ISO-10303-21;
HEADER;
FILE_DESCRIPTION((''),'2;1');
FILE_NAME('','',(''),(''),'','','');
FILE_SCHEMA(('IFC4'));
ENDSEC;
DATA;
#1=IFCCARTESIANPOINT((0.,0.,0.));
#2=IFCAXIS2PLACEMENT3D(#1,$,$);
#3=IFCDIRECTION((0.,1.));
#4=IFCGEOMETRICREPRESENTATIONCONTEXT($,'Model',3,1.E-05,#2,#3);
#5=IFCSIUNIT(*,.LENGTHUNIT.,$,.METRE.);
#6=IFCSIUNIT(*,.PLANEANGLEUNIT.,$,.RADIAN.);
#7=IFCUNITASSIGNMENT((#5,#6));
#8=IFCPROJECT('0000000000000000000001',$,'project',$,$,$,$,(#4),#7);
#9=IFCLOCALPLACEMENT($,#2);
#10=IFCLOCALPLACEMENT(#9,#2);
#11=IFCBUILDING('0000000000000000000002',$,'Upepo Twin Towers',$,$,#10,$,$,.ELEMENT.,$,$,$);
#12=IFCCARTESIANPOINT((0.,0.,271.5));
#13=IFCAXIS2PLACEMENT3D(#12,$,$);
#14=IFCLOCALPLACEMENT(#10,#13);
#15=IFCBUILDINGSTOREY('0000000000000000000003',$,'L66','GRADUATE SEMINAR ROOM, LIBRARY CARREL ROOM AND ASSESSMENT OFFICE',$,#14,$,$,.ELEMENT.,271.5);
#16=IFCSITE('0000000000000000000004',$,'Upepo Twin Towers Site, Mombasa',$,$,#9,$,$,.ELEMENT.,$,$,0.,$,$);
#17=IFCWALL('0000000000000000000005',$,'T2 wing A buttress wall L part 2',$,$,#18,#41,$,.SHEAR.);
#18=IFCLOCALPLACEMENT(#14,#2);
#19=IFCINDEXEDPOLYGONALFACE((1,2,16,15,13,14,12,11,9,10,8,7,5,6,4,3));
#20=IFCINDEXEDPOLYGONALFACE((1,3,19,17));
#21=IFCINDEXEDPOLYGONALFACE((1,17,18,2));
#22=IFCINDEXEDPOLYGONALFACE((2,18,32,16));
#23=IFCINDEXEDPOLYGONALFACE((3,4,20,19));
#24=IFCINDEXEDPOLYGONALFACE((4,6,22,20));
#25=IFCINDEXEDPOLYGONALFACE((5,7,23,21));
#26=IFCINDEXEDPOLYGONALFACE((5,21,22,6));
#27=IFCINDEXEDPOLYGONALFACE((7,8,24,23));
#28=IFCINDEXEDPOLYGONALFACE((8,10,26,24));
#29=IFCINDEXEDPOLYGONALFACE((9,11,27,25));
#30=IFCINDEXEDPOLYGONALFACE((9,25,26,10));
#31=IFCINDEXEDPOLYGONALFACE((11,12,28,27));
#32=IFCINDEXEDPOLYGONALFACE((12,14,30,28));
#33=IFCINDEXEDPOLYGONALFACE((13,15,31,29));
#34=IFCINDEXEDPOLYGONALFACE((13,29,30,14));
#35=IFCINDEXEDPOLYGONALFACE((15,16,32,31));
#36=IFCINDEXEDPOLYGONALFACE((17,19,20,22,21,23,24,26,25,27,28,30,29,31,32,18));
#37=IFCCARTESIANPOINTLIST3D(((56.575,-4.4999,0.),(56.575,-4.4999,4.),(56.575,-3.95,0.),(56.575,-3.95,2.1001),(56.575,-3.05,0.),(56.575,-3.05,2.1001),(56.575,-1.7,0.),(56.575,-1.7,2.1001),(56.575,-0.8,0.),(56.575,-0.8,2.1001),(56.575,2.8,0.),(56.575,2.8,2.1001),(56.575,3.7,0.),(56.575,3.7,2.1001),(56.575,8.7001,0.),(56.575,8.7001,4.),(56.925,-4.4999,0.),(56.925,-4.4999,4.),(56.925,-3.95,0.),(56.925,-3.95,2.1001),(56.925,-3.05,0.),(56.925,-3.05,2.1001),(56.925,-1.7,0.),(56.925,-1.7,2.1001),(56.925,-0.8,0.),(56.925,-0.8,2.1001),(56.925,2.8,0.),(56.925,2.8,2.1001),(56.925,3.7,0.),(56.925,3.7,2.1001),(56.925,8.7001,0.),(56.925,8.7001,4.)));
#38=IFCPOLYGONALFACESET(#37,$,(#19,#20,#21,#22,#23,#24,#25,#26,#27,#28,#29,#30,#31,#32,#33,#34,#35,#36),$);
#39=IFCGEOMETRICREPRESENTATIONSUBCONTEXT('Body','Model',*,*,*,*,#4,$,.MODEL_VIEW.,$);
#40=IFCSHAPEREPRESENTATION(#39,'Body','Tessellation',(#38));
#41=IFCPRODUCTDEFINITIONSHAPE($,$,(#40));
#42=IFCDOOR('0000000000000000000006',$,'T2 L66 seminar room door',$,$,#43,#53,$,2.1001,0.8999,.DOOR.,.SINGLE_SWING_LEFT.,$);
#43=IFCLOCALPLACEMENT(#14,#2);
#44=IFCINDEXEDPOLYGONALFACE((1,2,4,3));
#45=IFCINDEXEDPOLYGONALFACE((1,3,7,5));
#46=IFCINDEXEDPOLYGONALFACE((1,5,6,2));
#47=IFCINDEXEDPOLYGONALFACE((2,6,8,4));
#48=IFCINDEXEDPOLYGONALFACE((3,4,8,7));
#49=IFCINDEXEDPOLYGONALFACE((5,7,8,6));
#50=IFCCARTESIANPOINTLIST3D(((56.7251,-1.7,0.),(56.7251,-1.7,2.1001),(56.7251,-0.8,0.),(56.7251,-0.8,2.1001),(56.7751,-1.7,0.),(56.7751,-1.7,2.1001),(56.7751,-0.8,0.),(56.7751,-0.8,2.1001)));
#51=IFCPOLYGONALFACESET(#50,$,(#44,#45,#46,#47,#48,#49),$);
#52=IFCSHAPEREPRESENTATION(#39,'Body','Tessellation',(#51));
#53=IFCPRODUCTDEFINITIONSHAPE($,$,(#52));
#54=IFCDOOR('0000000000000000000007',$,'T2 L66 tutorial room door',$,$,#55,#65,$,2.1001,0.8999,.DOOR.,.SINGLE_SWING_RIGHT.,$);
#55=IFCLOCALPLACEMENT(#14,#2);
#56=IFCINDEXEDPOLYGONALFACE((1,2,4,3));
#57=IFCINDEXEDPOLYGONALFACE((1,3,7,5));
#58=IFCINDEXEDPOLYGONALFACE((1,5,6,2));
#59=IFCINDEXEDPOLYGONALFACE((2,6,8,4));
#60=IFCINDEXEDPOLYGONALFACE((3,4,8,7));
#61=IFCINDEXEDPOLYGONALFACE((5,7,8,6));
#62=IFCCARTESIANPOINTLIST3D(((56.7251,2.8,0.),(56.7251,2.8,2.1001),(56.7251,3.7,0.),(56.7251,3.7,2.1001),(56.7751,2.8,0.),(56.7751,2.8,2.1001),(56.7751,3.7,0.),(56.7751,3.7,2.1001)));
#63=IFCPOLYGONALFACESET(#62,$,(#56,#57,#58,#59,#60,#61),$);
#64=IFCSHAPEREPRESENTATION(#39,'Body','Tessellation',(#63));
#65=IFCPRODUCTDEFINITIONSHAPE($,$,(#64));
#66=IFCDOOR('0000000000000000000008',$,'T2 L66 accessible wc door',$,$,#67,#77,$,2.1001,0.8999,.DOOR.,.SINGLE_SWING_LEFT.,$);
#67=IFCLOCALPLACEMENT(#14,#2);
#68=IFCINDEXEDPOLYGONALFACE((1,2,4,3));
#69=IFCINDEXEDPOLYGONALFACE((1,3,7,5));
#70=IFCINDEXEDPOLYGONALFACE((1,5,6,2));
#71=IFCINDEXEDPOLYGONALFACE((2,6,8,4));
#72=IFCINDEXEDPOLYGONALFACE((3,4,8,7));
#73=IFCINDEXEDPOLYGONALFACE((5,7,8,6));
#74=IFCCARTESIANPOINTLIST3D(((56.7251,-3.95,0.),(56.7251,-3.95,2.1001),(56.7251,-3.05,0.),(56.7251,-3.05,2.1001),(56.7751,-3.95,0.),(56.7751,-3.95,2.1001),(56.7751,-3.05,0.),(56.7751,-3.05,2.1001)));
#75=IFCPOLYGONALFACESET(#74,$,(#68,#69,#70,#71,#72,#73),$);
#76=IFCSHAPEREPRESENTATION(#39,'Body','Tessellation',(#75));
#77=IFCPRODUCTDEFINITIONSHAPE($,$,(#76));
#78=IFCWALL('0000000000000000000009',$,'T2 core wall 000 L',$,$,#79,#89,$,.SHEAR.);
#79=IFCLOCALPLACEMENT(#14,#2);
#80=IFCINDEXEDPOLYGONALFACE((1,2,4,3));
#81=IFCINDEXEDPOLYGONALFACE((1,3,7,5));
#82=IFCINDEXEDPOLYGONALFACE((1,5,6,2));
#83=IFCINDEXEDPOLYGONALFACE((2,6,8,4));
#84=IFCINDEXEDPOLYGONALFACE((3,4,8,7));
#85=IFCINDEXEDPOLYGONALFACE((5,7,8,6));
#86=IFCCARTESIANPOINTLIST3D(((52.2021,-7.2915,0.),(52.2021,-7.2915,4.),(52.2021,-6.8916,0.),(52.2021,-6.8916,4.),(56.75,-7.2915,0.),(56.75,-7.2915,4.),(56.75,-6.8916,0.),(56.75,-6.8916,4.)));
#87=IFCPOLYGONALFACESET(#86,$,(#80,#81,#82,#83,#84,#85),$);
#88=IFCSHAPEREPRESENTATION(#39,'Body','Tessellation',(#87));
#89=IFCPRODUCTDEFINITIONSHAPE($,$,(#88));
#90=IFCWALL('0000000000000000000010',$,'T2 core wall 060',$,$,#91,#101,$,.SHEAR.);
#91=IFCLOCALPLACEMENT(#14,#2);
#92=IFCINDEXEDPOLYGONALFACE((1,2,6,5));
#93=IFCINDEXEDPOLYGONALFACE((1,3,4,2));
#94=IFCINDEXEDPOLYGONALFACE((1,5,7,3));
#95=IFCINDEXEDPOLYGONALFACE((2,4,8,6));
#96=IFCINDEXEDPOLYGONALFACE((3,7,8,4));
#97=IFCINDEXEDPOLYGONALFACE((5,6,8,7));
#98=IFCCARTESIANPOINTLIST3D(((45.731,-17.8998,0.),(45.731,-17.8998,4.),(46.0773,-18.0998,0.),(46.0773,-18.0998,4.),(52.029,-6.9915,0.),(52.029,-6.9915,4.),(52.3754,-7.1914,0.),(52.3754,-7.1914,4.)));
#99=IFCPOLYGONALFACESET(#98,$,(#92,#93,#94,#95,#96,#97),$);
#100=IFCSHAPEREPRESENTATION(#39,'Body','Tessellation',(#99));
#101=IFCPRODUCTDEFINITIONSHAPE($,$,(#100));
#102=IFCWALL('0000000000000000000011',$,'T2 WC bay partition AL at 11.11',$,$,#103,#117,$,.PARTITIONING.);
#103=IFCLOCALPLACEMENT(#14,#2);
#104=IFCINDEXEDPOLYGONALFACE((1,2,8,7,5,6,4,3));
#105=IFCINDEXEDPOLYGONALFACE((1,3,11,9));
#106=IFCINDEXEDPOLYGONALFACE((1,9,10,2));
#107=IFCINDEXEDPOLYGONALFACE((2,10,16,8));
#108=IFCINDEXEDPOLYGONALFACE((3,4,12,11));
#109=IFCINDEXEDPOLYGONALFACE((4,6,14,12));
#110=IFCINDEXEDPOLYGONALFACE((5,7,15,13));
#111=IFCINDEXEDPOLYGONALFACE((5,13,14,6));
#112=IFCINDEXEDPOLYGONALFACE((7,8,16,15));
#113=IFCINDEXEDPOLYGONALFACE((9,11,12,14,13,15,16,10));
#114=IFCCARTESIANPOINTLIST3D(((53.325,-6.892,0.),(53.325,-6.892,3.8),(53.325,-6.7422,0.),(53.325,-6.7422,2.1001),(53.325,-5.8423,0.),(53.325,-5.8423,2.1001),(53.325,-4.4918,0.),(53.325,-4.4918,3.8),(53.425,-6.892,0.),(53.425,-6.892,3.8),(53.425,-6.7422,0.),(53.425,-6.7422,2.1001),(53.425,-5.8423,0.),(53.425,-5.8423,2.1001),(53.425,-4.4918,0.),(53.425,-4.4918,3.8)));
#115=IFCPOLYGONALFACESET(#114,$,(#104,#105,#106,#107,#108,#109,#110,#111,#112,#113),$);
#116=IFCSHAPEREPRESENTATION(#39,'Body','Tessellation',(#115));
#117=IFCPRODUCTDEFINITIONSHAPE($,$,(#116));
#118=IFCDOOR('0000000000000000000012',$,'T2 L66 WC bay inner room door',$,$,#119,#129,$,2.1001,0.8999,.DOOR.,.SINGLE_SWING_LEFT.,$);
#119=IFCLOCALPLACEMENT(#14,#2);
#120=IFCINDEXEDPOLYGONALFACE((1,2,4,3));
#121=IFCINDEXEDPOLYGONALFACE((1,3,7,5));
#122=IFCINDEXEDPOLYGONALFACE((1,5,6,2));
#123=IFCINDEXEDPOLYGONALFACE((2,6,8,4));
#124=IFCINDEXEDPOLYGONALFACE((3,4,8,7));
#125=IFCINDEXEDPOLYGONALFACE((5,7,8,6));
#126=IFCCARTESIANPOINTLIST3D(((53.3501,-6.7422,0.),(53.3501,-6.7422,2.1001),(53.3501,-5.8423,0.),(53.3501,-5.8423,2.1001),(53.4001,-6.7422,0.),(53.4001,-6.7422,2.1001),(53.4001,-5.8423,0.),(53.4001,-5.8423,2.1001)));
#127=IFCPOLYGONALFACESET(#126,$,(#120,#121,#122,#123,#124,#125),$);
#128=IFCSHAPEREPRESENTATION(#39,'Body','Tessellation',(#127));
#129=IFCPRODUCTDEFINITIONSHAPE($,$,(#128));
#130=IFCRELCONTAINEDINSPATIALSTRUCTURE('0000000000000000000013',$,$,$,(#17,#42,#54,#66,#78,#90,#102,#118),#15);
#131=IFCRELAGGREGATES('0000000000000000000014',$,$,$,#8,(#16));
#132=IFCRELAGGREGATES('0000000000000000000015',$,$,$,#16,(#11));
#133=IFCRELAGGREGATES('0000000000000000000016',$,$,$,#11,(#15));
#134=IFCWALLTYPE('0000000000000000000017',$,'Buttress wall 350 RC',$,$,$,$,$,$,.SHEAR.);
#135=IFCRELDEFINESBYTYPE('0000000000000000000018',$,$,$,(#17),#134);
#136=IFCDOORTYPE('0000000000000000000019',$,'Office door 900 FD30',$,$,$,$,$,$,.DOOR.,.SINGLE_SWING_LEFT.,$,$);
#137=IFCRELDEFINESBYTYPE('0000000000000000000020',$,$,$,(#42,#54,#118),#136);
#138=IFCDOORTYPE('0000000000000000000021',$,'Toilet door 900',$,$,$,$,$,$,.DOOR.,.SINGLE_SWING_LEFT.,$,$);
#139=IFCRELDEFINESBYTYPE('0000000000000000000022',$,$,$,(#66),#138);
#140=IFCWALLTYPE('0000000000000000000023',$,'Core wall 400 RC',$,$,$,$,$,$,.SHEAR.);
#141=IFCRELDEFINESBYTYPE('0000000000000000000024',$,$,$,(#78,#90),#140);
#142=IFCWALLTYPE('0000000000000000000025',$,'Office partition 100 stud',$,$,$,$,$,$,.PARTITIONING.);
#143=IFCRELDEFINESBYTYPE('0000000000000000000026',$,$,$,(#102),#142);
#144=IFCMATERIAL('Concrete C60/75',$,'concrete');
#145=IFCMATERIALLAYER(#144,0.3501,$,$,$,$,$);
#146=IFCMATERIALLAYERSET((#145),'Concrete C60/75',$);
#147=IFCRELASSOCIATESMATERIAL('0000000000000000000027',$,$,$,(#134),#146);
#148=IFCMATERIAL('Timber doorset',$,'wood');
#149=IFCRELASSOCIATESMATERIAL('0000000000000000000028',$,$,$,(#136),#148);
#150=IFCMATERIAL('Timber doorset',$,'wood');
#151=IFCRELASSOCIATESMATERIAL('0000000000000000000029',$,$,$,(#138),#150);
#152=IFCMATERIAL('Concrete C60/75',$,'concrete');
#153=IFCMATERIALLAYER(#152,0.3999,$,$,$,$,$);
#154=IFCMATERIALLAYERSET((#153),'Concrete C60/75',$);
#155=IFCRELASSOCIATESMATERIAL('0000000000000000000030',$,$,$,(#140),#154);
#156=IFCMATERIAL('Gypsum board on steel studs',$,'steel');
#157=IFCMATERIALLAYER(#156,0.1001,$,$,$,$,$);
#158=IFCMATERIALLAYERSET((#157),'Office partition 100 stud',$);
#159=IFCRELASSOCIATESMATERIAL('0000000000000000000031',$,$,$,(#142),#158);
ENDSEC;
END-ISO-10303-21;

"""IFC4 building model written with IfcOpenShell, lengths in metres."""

from ifc_helpers import new_model, si_unit, direction, frame, frame_2d, origin, place, context, subcontext, project, spatial, rectangle, extrude, material, layer, layer_set, type_object, element, fill, save


model = new_model("IFC4")

# Units and contexts
model_context = context("Model", 3, precision=1e-05, world=origin(), true_north=direction((0.0, 1.0)))
body_context = subcontext(model_context, "Body", "Model", "MODEL_VIEW")
ifc_project = project(units=[si_unit("LENGTHUNIT", "METRE"), si_unit("PLANEANGLEUNIT", "RADIAN")], contexts=[model_context])

# Site, building, storey
site_placement = place(None, origin())
site = spatial("IfcSite", under=ifc_project, at=site_placement, Name="Upepo Twin Towers Site, Mombasa", CompositionType="ELEMENT", RefElevation=0.0)
building_placement = place(site_placement, origin())
building = spatial("IfcBuilding", under=site, at=building_placement, Name="Upepo Twin Towers", CompositionType="ELEMENT")
storey_placement = place(building_placement, frame((0.0, 0.0, 271.5)))
storey = spatial("IfcBuildingStorey", under=building, at=storey_placement, Name="L66", Description="GRADUATE SEMINAR ROOM, LIBRARY CARREL ROOM AND ASSESSMENT OFFICE", CompositionType="ELEMENT", Elevation=271.5)

# Shared definitions
ifc_material_1 = material(Name="Concrete C60/75", Category="concrete")
ifc_layer_1 = layer(ifc_material_1, 0.3501)
ifc_layer_set_1 = layer_set([ifc_layer_1], Name="Concrete C60/75")
wall_type_1 = type_object("IfcWallType", Name="Buttress wall 350 RC", PredefinedType="SHEAR", material=ifc_layer_set_1)

# Wall, openings, doors
wall_1_placement = place(storey_placement, frame((56.75, -4.5, 0.0), z_axis=(0.0, 0.0, 1.0), x_axis=(0.0, 1.0, 0.0)))
wall_1 = element("IfcWall", 1, at=wall_1_placement, inside=storey, type_object=wall_type_1, Name="T2 wing A buttress wall L part 2", PredefinedType="SHEAR", context=body_context, shape_type="SweptSolid", body=[
    extrude(rectangle(XDim=13.2, YDim=0.3501, at=frame_2d((6.6001, 0.0))), origin(), (0.0, 0.0, 1.0), 4.0),
])
opening_1_placement = place(wall_1_placement, frame((0.55, 0.0, 0.0)))
opening_1 = element("IfcOpeningElement", 2, at=opening_1_placement, cuts=wall_1, PredefinedType="OPENING", context=body_context, shape_type="SweptSolid", body=[
    extrude(rectangle(XDim=0.8999, YDim=2.1001, at=frame_2d((0.45, 1.05))), frame((0.0, 0.1851, 0.0), z_axis=(0.0, -1.0, 0.0), x_axis=(1.0, 0.0, 0.0)), (0.0, 0.0, 1.0), 0.3701),
])
opening_2_placement = place(wall_1_placement, frame((2.8, 0.0, 0.0)))
opening_2 = element("IfcOpeningElement", 3, at=opening_2_placement, cuts=wall_1, PredefinedType="OPENING", context=body_context, shape_type="SweptSolid", body=[
    extrude(rectangle(XDim=0.8999, YDim=2.1001, at=frame_2d((0.45, 1.05))), frame((0.0, 0.1851, 0.0), z_axis=(0.0, -1.0, 0.0), x_axis=(1.0, 0.0, 0.0)), (0.0, 0.0, 1.0), 0.3701),
])
opening_3_placement = place(wall_1_placement, frame((7.3, 0.0, 0.0)))
opening_3 = element("IfcOpeningElement", 4, at=opening_3_placement, cuts=wall_1, PredefinedType="OPENING", context=body_context, shape_type="SweptSolid", body=[
    extrude(rectangle(XDim=0.8999, YDim=2.1001, at=frame_2d((0.45, 1.05))), frame((0.0, 0.1851, 0.0), z_axis=(0.0, -1.0, 0.0), x_axis=(1.0, 0.0, 0.0)), (0.0, 0.0, 1.0), 0.3701),
])
ifc_material_2 = material(Name="Timber doorset", Category="wood")
door_type_1 = type_object("IfcDoorType", Name="Office door 900 FD30", OperationType="SINGLE_SWING_LEFT", PredefinedType="DOOR", material=ifc_material_2)
door_1_placement = place(opening_2_placement, origin())
door_1 = element("IfcDoor", 5, at=door_1_placement, inside=storey, type_object=door_type_1, Name="T2 L66 seminar room door", OperationType="SINGLE_SWING_LEFT", OverallHeight=2.1001, OverallWidth=0.8999, PredefinedType="DOOR", context=body_context, shape_type="SweptSolid", body=[
    extrude(rectangle(XDim=0.8999, YDim=2.1001, at=frame_2d((0.45, 1.05))), frame((0.0, 0.0249, 0.0), z_axis=(0.0, -1.0, 0.0), x_axis=(1.0, 0.0, 0.0)), (0.0, 0.0, 1.0), 0.05),
])
fill(opening_2, door_1)
door_2_placement = place(opening_3_placement, origin())
door_2 = element("IfcDoor", 6, at=door_2_placement, inside=storey, type_object=door_type_1, Name="T2 L66 tutorial room door", OperationType="SINGLE_SWING_RIGHT", OverallHeight=2.1001, OverallWidth=0.8999, PredefinedType="DOOR", context=body_context, shape_type="SweptSolid", body=[
    extrude(rectangle(XDim=0.8999, YDim=2.1001, at=frame_2d((0.45, 1.05))), frame((0.0, 0.0249, 0.0), z_axis=(0.0, -1.0, 0.0), x_axis=(1.0, 0.0, 0.0)), (0.0, 0.0, 1.0), 0.05),
])
fill(opening_3, door_2)
ifc_material_3 = material(Name="Timber doorset", Category="wood")
door_type_2 = type_object("IfcDoorType", Name="Toilet door 900", OperationType="SINGLE_SWING_LEFT", PredefinedType="DOOR", material=ifc_material_3)
door_3_placement = place(opening_1_placement, origin())
door_3 = element("IfcDoor", 7, at=door_3_placement, inside=storey, type_object=door_type_2, Name="T2 L66 accessible wc door", OperationType="SINGLE_SWING_LEFT", OverallHeight=2.1001, OverallWidth=0.8999, PredefinedType="DOOR", context=body_context, shape_type="SweptSolid", body=[
    extrude(rectangle(XDim=0.8999, YDim=2.1001, at=frame_2d((0.45, 1.05))), frame((0.0, 0.0249, 0.0), z_axis=(0.0, -1.0, 0.0), x_axis=(1.0, 0.0, 0.0)), (0.0, 0.0, 1.0), 0.05),
])
fill(opening_1, door_3)

# Walls
ifc_material_4 = material(Name="Concrete C60/75", Category="concrete")
ifc_layer_2 = layer(ifc_material_4, 0.3999)
ifc_layer_set_2 = layer_set([ifc_layer_2], Name="Concrete C60/75")
wall_type_2 = type_object("IfcWallType", Name="Core wall 400 RC", PredefinedType="SHEAR", material=ifc_layer_set_2)
wall_2_placement = place(storey_placement, frame((56.75, -7.0916, 0.0), z_axis=(0.0, 0.0, 1.0), x_axis=(-1.0, 0.0, 0.0)))
element("IfcWall", 8, at=wall_2_placement, inside=storey, type_object=wall_type_2, Name="T2 core wall 000 L", PredefinedType="SHEAR", context=body_context, shape_type="SweptSolid", body=[
    extrude(rectangle(XDim=4.5479, YDim=0.3999, at=frame_2d((2.2739, 0.0))), origin(), (0.0, 0.0, 1.0), 4.0),
])
wall_3_placement = place(storey_placement, frame((52.2021, -7.0916, 0.0), z_axis=(0.0, 0.0, 1.0), x_axis=(-0.500006, -0.866022, 0.0)))
element("IfcWall", 9, at=wall_3_placement, inside=storey, type_object=wall_type_2, Name="T2 core wall 060", PredefinedType="SHEAR", context=body_context, shape_type="SweptSolid", body=[
    extrude(rectangle(XDim=12.5959, YDim=0.3999, at=frame_2d((6.2979, 0.0))), origin(), (0.0, 0.0, 1.0), 4.0),
])

# Wall, opening, door
ifc_material_5 = material(Name="Gypsum board on steel studs", Category="steel")
ifc_layer_3 = layer(ifc_material_5, 0.1001)
ifc_layer_set_3 = layer_set([ifc_layer_3], Name="Office partition 100 stud")
wall_type_3 = type_object("IfcWallType", Name="Office partition 100 stud", PredefinedType="PARTITIONING", material=ifc_layer_set_3)
wall_4_placement = place(storey_placement, frame((53.375, -6.8921, 0.0), z_axis=(0.0, 0.0, 1.0), x_axis=(0.0, 1.0, 0.0)))
wall_4 = element("IfcWall", 10, at=wall_4_placement, inside=storey, type_object=wall_type_3, Name="T2 WC bay partition AL at 11.11", PredefinedType="PARTITIONING", context=body_context, shape_type="SweptSolid", body=[
    extrude(rectangle(XDim=2.4001, YDim=0.1001, at=frame_2d((1.2002, 0.0))), origin(), (0.0, 0.0, 1.0), 3.8),
])
opening_4_placement = place(wall_4_placement, frame((0.1499, 0.0, 0.0)))
opening_4 = element("IfcOpeningElement", 11, at=opening_4_placement, cuts=wall_4, PredefinedType="OPENING", context=body_context, shape_type="SweptSolid", body=[
    extrude(rectangle(XDim=0.8999, YDim=2.1001, at=frame_2d((0.45, 1.05))), frame((0.0, 0.0601, 0.0), z_axis=(0.0, -1.0, 0.0), x_axis=(1.0, 0.0, 0.0)), (0.0, 0.0, 1.0), 0.1201),
])
door_4_placement = place(opening_4_placement, origin())
door_4 = element("IfcDoor", 12, at=door_4_placement, inside=storey, type_object=door_type_1, Name="T2 L66 WC bay inner room door", OperationType="SINGLE_SWING_LEFT", OverallHeight=2.1001, OverallWidth=0.8999, PredefinedType="DOOR", context=body_context, shape_type="SweptSolid", body=[
    extrude(rectangle(XDim=0.8999, YDim=2.1001, at=frame_2d((0.45, 1.05))), frame((0.0, 0.0249, 0.0), z_axis=(0.0, -1.0, 0.0), x_axis=(1.0, 0.0, 0.0)), (0.0, 0.0, 1.0), 0.05),
])
fill(opening_4, door_4)

save(model, "model.ifc")
